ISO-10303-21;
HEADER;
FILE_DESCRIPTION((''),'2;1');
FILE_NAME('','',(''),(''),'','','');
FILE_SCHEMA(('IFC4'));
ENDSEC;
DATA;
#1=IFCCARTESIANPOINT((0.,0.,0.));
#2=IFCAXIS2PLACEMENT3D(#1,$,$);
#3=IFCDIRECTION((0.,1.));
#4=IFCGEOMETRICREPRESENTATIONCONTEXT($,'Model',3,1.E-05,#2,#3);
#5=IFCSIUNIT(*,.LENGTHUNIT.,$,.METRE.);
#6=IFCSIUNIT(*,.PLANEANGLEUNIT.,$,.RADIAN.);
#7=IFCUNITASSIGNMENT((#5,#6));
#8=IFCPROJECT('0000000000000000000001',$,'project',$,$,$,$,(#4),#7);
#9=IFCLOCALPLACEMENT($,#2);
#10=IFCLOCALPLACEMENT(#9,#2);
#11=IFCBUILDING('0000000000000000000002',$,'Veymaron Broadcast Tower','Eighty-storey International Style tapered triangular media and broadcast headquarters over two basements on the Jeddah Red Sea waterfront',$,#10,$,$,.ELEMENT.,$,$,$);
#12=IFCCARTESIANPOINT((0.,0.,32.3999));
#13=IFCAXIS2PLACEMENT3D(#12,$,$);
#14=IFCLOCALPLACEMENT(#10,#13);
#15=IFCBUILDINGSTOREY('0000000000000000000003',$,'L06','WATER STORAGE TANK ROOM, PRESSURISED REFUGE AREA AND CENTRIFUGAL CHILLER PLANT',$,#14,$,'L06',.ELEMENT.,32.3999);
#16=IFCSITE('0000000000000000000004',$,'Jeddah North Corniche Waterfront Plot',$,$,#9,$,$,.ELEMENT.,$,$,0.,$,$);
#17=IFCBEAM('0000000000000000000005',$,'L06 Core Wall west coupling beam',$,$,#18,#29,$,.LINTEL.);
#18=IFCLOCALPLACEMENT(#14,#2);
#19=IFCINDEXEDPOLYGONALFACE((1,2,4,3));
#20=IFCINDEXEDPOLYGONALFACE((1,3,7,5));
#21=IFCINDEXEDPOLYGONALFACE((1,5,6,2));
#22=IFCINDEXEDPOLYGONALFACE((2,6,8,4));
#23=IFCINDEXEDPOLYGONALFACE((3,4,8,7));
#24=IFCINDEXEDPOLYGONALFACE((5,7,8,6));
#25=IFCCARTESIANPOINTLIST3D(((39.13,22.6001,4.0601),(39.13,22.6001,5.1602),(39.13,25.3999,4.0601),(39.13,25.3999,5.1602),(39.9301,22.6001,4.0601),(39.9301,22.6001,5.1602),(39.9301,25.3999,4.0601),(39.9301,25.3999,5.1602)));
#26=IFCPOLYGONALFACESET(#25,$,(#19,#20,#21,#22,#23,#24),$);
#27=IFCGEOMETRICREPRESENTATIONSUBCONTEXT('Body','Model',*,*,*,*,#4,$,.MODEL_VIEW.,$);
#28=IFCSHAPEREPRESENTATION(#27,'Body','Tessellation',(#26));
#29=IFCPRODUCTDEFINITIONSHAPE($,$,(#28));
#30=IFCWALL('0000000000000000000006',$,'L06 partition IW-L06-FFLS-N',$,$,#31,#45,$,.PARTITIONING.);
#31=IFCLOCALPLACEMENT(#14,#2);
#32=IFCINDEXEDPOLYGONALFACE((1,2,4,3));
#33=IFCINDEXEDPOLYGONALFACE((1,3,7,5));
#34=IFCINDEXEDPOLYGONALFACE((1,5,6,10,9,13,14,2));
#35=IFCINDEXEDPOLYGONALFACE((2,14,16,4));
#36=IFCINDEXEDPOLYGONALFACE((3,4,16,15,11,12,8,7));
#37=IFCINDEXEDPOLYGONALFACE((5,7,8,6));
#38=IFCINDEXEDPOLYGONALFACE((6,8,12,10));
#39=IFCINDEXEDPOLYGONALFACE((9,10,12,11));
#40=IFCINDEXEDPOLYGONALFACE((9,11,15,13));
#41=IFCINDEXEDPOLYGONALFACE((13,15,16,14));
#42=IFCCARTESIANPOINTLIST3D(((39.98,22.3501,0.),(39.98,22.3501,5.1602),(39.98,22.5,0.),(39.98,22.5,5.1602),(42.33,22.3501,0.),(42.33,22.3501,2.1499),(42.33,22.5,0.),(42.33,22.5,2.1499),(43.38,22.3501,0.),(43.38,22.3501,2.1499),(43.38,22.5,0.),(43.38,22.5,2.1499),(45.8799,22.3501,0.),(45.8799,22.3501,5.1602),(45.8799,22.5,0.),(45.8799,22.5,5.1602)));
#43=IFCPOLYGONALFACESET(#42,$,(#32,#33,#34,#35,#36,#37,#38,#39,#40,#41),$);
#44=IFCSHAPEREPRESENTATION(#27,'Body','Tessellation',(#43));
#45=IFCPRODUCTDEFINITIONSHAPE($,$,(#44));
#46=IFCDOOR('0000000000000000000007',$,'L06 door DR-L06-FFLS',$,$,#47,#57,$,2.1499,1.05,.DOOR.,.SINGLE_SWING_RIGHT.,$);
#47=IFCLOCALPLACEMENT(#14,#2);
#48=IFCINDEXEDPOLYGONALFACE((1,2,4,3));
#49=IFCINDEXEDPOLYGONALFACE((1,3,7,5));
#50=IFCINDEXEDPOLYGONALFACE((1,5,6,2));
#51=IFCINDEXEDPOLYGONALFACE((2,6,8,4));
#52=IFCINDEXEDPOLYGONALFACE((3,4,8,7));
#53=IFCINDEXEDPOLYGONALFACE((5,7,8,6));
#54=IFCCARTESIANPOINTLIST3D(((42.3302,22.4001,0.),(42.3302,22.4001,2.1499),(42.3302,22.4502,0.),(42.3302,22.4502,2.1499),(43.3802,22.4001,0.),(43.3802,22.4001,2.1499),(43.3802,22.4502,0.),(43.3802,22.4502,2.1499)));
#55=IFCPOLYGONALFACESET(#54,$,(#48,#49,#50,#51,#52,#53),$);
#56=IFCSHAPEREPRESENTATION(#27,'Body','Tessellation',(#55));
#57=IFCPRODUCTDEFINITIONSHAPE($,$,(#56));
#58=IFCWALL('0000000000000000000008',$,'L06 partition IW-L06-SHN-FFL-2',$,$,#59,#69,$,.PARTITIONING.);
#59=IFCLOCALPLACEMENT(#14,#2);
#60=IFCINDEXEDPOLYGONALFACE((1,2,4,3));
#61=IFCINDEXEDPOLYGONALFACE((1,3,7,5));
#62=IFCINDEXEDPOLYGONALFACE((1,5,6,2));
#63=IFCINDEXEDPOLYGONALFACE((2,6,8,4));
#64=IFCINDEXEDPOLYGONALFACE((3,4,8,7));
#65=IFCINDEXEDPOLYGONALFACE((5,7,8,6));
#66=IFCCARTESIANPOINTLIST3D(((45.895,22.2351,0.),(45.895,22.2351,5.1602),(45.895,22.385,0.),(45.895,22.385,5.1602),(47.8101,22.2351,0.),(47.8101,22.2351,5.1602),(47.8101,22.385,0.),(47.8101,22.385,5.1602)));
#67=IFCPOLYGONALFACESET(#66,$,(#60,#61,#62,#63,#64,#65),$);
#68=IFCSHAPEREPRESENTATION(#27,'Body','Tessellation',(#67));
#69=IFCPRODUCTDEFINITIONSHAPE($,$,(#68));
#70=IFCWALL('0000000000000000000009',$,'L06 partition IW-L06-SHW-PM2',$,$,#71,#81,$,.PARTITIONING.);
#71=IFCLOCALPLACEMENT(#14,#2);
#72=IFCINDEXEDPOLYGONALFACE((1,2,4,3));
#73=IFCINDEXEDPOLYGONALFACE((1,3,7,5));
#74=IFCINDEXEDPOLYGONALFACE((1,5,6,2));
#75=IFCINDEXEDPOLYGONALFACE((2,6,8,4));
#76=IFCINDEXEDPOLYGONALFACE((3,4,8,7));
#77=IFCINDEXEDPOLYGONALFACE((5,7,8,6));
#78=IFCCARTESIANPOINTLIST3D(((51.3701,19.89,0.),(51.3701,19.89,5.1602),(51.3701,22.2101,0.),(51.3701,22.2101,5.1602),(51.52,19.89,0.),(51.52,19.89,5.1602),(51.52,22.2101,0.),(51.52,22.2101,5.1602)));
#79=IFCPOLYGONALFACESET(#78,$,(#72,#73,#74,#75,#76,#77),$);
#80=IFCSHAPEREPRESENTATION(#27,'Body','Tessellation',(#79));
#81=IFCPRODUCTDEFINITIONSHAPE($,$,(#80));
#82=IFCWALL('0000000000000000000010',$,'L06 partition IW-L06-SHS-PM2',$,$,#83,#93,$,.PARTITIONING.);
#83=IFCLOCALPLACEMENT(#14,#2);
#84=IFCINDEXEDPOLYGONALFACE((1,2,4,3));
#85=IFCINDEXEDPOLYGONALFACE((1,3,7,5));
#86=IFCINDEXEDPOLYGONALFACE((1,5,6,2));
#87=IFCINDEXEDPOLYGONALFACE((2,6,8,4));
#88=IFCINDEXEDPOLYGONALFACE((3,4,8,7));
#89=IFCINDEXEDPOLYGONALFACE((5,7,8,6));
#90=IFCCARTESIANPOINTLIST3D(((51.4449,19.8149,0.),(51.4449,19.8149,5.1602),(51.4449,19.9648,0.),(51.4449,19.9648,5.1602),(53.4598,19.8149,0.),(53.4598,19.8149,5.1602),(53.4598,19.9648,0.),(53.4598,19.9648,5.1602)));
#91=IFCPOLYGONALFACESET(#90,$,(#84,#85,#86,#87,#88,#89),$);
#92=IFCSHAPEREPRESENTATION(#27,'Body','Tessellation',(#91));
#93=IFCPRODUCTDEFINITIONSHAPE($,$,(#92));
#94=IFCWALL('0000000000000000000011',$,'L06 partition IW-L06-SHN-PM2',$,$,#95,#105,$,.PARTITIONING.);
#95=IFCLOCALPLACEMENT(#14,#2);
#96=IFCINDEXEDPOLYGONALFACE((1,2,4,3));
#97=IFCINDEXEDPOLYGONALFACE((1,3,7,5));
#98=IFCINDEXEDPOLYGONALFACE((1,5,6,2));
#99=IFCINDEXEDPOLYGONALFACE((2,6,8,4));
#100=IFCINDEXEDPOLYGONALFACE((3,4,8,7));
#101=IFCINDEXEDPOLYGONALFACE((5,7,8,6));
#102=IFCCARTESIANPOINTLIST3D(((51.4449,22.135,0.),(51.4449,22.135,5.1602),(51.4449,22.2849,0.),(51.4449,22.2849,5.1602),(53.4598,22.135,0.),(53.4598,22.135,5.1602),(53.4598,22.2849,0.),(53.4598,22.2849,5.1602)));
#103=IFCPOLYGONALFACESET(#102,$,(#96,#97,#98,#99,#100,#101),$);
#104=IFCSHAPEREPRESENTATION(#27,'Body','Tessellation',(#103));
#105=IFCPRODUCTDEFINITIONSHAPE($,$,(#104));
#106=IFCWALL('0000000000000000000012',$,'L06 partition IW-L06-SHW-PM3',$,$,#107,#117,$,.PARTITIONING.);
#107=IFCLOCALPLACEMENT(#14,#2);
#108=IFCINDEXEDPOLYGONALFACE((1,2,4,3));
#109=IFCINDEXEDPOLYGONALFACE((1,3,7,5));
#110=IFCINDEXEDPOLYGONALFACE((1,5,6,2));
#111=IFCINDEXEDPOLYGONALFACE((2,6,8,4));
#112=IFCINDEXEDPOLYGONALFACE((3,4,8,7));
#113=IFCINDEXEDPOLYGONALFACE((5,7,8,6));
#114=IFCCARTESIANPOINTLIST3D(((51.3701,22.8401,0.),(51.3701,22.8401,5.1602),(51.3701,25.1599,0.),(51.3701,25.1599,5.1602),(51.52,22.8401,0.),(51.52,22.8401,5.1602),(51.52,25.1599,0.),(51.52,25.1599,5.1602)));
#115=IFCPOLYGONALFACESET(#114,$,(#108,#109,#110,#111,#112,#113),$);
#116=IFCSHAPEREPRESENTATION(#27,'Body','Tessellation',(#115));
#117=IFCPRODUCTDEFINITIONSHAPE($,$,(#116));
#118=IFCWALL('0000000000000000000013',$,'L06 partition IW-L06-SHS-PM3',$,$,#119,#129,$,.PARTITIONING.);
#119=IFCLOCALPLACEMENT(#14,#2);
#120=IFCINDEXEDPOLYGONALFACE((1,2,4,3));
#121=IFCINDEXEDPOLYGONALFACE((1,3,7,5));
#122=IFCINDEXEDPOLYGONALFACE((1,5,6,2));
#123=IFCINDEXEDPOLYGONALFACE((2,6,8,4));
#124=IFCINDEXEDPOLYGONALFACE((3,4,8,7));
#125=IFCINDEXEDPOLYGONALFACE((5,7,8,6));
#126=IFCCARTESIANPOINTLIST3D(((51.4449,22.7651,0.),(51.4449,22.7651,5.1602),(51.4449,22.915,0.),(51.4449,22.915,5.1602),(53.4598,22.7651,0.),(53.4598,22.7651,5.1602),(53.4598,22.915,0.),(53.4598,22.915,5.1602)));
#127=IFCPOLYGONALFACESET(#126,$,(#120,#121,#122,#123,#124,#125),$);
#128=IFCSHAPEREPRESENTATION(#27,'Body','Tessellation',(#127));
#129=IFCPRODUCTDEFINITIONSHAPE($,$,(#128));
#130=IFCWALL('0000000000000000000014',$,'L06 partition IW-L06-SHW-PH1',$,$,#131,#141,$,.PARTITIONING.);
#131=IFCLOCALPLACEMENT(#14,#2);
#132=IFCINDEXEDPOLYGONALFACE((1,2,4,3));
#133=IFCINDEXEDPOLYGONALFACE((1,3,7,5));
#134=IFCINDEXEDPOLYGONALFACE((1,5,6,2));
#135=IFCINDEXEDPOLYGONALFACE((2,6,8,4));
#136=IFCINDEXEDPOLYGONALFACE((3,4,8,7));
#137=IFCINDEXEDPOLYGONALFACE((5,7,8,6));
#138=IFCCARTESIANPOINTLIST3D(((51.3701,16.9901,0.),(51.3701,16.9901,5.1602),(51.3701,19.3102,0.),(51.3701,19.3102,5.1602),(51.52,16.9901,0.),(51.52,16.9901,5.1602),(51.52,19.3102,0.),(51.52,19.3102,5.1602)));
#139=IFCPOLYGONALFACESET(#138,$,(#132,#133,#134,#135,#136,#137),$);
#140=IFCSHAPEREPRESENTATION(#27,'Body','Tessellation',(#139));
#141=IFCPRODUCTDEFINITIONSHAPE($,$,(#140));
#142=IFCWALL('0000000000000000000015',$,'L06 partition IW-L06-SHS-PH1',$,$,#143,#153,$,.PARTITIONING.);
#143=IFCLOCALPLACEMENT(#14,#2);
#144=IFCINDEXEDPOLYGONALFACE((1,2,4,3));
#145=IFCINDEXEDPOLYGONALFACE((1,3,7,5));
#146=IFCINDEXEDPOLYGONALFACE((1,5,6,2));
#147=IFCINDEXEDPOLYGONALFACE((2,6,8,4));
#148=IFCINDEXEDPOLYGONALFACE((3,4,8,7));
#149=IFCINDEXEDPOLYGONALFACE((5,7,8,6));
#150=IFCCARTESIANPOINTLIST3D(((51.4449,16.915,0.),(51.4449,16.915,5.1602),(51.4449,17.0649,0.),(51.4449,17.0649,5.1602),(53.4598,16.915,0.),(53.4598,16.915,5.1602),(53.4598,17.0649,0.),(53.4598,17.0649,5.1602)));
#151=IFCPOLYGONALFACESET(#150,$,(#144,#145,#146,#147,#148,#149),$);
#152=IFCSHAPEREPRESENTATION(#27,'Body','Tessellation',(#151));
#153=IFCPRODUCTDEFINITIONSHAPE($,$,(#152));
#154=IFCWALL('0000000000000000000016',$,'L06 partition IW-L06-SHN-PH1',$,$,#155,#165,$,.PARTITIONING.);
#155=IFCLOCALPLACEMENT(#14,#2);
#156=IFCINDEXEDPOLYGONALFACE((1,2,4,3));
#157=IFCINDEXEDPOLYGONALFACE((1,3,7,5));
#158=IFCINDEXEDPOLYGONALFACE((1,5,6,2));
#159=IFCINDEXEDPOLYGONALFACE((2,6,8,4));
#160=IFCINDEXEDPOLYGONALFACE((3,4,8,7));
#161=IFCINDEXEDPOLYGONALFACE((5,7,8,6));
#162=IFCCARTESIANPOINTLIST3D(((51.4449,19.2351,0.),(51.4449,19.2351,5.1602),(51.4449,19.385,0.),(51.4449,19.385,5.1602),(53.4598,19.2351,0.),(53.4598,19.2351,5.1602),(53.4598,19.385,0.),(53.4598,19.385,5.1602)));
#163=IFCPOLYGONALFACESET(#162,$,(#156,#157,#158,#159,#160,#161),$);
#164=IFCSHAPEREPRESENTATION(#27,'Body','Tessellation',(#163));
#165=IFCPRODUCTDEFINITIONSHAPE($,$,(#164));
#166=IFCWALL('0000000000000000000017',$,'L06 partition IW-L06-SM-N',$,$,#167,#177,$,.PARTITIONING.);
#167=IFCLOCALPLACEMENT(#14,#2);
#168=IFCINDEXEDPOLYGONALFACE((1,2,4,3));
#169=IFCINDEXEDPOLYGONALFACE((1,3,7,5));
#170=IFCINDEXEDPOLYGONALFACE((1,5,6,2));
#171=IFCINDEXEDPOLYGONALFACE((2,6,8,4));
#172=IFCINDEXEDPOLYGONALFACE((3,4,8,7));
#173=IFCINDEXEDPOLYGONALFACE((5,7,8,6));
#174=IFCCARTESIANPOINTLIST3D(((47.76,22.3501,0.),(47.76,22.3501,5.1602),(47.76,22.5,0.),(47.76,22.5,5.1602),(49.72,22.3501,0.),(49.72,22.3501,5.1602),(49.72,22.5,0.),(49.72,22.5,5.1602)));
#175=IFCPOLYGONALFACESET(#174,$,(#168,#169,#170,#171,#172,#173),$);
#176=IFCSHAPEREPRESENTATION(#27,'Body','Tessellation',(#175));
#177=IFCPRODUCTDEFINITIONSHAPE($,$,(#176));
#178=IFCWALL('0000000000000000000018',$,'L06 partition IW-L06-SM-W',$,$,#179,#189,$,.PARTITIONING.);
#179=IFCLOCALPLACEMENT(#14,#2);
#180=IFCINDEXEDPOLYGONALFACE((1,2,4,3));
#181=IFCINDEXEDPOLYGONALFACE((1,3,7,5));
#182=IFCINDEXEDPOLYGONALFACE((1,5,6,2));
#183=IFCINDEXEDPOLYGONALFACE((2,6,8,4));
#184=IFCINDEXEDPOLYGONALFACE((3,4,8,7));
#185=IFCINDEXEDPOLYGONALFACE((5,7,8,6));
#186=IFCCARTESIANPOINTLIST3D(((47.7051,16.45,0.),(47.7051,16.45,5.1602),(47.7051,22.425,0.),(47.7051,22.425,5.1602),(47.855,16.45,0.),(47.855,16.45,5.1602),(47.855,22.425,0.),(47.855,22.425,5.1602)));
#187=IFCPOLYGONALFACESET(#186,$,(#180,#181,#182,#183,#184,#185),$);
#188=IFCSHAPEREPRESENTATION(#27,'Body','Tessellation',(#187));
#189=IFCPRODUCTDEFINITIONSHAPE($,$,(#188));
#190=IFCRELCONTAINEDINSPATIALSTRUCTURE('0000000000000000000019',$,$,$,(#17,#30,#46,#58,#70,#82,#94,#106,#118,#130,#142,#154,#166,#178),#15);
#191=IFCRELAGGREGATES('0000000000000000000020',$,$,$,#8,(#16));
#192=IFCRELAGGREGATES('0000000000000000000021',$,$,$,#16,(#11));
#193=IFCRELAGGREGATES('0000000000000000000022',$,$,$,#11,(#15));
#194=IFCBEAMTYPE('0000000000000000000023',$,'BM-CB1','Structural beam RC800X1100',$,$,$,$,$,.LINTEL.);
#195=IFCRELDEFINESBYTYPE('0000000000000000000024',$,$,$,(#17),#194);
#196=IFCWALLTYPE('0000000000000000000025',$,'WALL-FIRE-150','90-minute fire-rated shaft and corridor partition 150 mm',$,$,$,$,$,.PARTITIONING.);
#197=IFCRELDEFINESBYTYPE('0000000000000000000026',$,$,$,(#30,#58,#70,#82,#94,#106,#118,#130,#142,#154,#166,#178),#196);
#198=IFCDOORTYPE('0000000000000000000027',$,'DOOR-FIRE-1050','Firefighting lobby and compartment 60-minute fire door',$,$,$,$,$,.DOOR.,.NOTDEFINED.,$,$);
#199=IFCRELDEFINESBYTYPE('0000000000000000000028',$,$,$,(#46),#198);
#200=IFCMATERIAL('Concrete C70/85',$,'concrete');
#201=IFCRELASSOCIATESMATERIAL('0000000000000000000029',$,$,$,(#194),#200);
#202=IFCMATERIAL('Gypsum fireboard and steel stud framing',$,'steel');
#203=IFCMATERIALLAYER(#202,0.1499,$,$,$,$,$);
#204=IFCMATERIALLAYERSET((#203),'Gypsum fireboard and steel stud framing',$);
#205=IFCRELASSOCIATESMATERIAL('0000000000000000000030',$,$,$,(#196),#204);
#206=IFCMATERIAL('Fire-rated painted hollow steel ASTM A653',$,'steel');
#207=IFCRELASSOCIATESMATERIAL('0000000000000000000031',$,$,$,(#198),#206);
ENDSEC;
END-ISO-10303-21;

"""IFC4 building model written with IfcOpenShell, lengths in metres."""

from ifc_helpers import new_model, si_unit, direction, frame, frame_2d, origin, origin_2d, place, context, subcontext, project, spatial, rectangle, extrude, material, layer, layer_set, material_profile, profile_set, type_object, element, fill, save


model = new_model("IFC4")

# Units and contexts
model_context = context("Model", 3, precision=1e-05, world=origin(), true_north=direction((0.0, 1.0)))
body_context = subcontext(model_context, "Body", "Model", "MODEL_VIEW")
ifc_project = project(units=[si_unit("LENGTHUNIT", "METRE"), si_unit("PLANEANGLEUNIT", "RADIAN")], contexts=[model_context])

# Site, building, storey
site_placement = place(None, origin())
site = spatial("IfcSite", under=ifc_project, at=site_placement, Name="Jeddah North Corniche Waterfront Plot", CompositionType="ELEMENT", RefElevation=0.0)
building_placement = place(site_placement, origin())
building = spatial("IfcBuilding", under=site, at=building_placement, Name="Veymaron Broadcast Tower", Description="Eighty-storey International Style tapered triangular media and broadcast headquarters over two basements on the Jeddah Red Sea waterfront", CompositionType="ELEMENT")
storey_placement = place(building_placement, frame((0.0, 0.0, 32.3999)))
storey = spatial("IfcBuildingStorey", under=building, at=storey_placement, Name="L06", Description="WATER STORAGE TANK ROOM, PRESSURISED REFUGE AREA AND CENTRIFUGAL CHILLER PLANT", LongName="L06", CompositionType="ELEMENT", Elevation=32.3999)

# Beam
ifc_material_1 = material(Name="Concrete C70/85", Category="concrete")
ifc_material_profile = material_profile(ifc_material_1, rectangle(XDim=0.8, YDim=1.1001, at=origin_2d()), Name="RC800X1100")
ifc_profile_set = profile_set([ifc_material_profile], Name="Concrete C70/85")
beam_type = type_object("IfcBeamType", Name="BM-CB1", Description="Structural beam RC800X1100", PredefinedType="LINTEL", material=ifc_profile_set)
beam_placement = place(storey_placement, frame((39.53, 22.6001, 4.6101), z_axis=(0.0, 1.0, 0.0), x_axis=(-1.0, 0.0, 0.0)))
element("IfcBeam", 1, at=beam_placement, inside=storey, type_object=beam_type, Name="L06 Core Wall west coupling beam", PredefinedType="LINTEL", context=body_context, shape_type="SweptSolid", body=[
    extrude(rectangle(XDim=0.8, YDim=1.1001, at=origin_2d()), origin(), (0.0, 0.0, 1.0), 2.7998),
])

# Wall, opening, door
ifc_material_2 = material(Name="Gypsum fireboard and steel stud framing", Category="steel")
ifc_layer_1 = layer(ifc_material_2, 0.1499)
ifc_layer_set_1 = layer_set([ifc_layer_1], Name="Gypsum fireboard and steel stud framing")
wall_type_1 = type_object("IfcWallType", Name="WALL-FIRE-150", Description="90-minute fire-rated shaft and corridor partition 150 mm", PredefinedType="PARTITIONING", material=ifc_layer_set_1)
wall_1_placement = place(storey_placement, frame((39.98, 22.425, 0.0), z_axis=(0.0, 0.0, 1.0), x_axis=(1.0, 0.0, 0.0)))
wall_1 = element("IfcWall", 2, at=wall_1_placement, inside=storey, type_object=wall_type_1, Name="L06 partition IW-L06-FFLS-N", PredefinedType="PARTITIONING", context=body_context, shape_type="SweptSolid", body=[
    extrude(rectangle(XDim=5.8999, YDim=0.1499, at=frame_2d((2.95, 0.0))), origin(), (0.0, 0.0, 1.0), 5.1602),
])
opening_1_placement = place(wall_1_placement, frame((2.3501, 0.0, 0.0)))
opening_1 = element("IfcOpeningElement", 3, at=opening_1_placement, cuts=wall_1, PredefinedType="OPENING", context=body_context, shape_type="SweptSolid", body=[
    extrude(rectangle(XDim=1.05, YDim=2.1499, at=frame_2d((0.5249, 1.075))), frame((0.0, 0.085, 0.0), z_axis=(0.0, -1.0, 0.0), x_axis=(1.0, 0.0, 0.0)), (0.0, 0.0, 1.0), 0.1699),
])
ifc_material_3 = material(Name="Fire-rated painted hollow steel ASTM A653", Category="steel")
door_type_1 = type_object("IfcDoorType", Name="DOOR-FIRE-1050", Description="Firefighting lobby and compartment 60-minute fire door", OperationType="NOTDEFINED", PredefinedType="DOOR", material=ifc_material_3)
door_1_placement = place(opening_1_placement, frame((1.05, 0.0, 0.0), z_axis=(0.0, 0.0, 1.0), x_axis=(-1.0, 0.0, 0.0)))
door_1 = element("IfcDoor", 4, at=door_1_placement, inside=storey, type_object=door_type_1, Name="L06 door DR-L06-FFLS", OperationType="SINGLE_SWING_RIGHT", OverallHeight=2.1499, OverallWidth=1.05, PredefinedType="DOOR", context=body_context, shape_type="SweptSolid", body=[
    extrude(rectangle(XDim=1.05, YDim=2.1499, at=frame_2d((0.5249, 1.075))), frame((0.0, 0.0249, 0.0), z_axis=(0.0, -1.0, 0.0), x_axis=(1.0, 0.0, 0.0)), (0.0, 0.0, 1.0), 0.05),
])
fill(opening_1, door_1)

# Walls
wall_2_placement = place(storey_placement, frame((45.895, 22.3101, 0.0), z_axis=(0.0, 0.0, 1.0), x_axis=(1.0, 0.0, 0.0)))
element("IfcWall", 5, at=wall_2_placement, inside=storey, type_object=wall_type_1, Name="L06 partition IW-L06-SHN-FFL-2", PredefinedType="PARTITIONING", context=body_context, shape_type="SweptSolid", body=[
    extrude(rectangle(XDim=1.915, YDim=0.1499, at=frame_2d((0.9575, 0.0))), origin(), (0.0, 0.0, 1.0), 5.1602),
])
wall_3_placement = place(storey_placement, frame((51.4451, 19.8899, 0.0), z_axis=(0.0, 0.0, 1.0), x_axis=(0.0, 1.0, 0.0)))
element("IfcWall", 6, at=wall_3_placement, inside=storey, type_object=wall_type_1, Name="L06 partition IW-L06-SHW-PM2", PredefinedType="PARTITIONING", context=body_context, shape_type="SweptSolid", body=[
    extrude(rectangle(XDim=2.3201, YDim=0.1499, at=frame_2d((1.1602, 0.0))), origin(), (0.0, 0.0, 1.0), 5.1602),
])
for number, where, z_axis, x_axis, name in (
    (7, (51.4451, 19.8899, 0.0), (0.0, 0.0, 1.0), (1.0, 0.0, 0.0), "L06 partition IW-L06-SHS-PM2"),
    (8, (51.4451, 22.21, 0.0), (0.0, 0.0, 1.0), (1.0, 0.0, 0.0), "L06 partition IW-L06-SHN-PM2"),
):
    element("IfcWall", number, at=place(storey_placement, frame(where, z_axis=z_axis, x_axis=x_axis)), inside=storey, type_object=wall_type_1, Name=name, PredefinedType="PARTITIONING", context=body_context, shape_type="SweptSolid", body=[
        extrude(rectangle(XDim=2.0149, YDim=0.1499, at=frame_2d((1.0073, 0.0))), origin(), (0.0, 0.0, 1.0), 5.1602),
    ])
wall_4_placement = place(storey_placement, frame((51.4451, 22.8401, 0.0), z_axis=(0.0, 0.0, 1.0), x_axis=(0.0, 1.0, 0.0)))
element("IfcWall", 9, at=wall_4_placement, inside=storey, type_object=wall_type_1, Name="L06 partition IW-L06-SHW-PM3", PredefinedType="PARTITIONING", context=body_context, shape_type="SweptSolid", body=[
    extrude(rectangle(XDim=2.3198, YDim=0.1499, at=frame_2d((1.1599, 0.0))), origin(), (0.0, 0.0, 1.0), 5.1602),
])
wall_5_placement = place(storey_placement, frame((51.4451, 22.8401, 0.0), z_axis=(0.0, 0.0, 1.0), x_axis=(1.0, 0.0, 0.0)))
element("IfcWall", 10, at=wall_5_placement, inside=storey, type_object=wall_type_1, Name="L06 partition IW-L06-SHS-PM3", PredefinedType="PARTITIONING", context=body_context, shape_type="SweptSolid", body=[
    extrude(rectangle(XDim=2.0149, YDim=0.1499, at=frame_2d((1.0073, 0.0))), origin(), (0.0, 0.0, 1.0), 5.1602),
])
wall_6_placement = place(storey_placement, frame((51.4451, 16.99, 0.0), z_axis=(0.0, 0.0, 1.0), x_axis=(0.0, 1.0, 0.0)))
element("IfcWall", 11, at=wall_6_placement, inside=storey, type_object=wall_type_1, Name="L06 partition IW-L06-SHW-PH1", PredefinedType="PARTITIONING", context=body_context, shape_type="SweptSolid", body=[
    extrude(rectangle(XDim=2.3201, YDim=0.1499, at=frame_2d((1.1602, 0.0))), origin(), (0.0, 0.0, 1.0), 5.1602),
])
for number, where, z_axis, x_axis, name in (
    (12, (51.4451, 16.99, 0.0), (0.0, 0.0, 1.0), (1.0, 0.0, 0.0), "L06 partition IW-L06-SHS-PH1"),
    (13, (51.4451, 19.3101, 0.0), (0.0, 0.0, 1.0), (1.0, 0.0, 0.0), "L06 partition IW-L06-SHN-PH1"),
):
    element("IfcWall", number, at=place(storey_placement, frame(where, z_axis=z_axis, x_axis=x_axis)), inside=storey, type_object=wall_type_1, Name=name, PredefinedType="PARTITIONING", context=body_context, shape_type="SweptSolid", body=[
        extrude(rectangle(XDim=2.0149, YDim=0.1499, at=frame_2d((1.0073, 0.0))), origin(), (0.0, 0.0, 1.0), 5.1602),
    ])

# Walls
wall_7_placement = place(storey_placement, frame((47.76, 22.425, 0.0), z_axis=(0.0, 0.0, 1.0), x_axis=(1.0, 0.0, 0.0)))
element("IfcWall", 14, at=wall_7_placement, inside=storey, type_object=wall_type_1, Name="L06 partition IW-L06-SM-N", PredefinedType="PARTITIONING", context=body_context, shape_type="SweptSolid", body=[
    extrude(rectangle(XDim=1.96, YDim=0.1499, at=frame_2d((0.98, 0.0))), origin(), (0.0, 0.0, 1.0), 5.1602),
])
wall_8_placement = place(storey_placement, frame((47.78, 16.45, 0.0), z_axis=(0.0, 0.0, 1.0), x_axis=(0.0, 1.0, 0.0)))
element("IfcWall", 15, at=wall_8_placement, inside=storey, type_object=wall_type_1, Name="L06 partition IW-L06-SM-W", PredefinedType="PARTITIONING", context=body_context, shape_type="SweptSolid", body=[
    extrude(rectangle(XDim=5.9751, YDim=0.1499, at=frame_2d((2.9875, 0.0))), origin(), (0.0, 0.0, 1.0), 5.1602),
])

save(model, "model.ifc")
